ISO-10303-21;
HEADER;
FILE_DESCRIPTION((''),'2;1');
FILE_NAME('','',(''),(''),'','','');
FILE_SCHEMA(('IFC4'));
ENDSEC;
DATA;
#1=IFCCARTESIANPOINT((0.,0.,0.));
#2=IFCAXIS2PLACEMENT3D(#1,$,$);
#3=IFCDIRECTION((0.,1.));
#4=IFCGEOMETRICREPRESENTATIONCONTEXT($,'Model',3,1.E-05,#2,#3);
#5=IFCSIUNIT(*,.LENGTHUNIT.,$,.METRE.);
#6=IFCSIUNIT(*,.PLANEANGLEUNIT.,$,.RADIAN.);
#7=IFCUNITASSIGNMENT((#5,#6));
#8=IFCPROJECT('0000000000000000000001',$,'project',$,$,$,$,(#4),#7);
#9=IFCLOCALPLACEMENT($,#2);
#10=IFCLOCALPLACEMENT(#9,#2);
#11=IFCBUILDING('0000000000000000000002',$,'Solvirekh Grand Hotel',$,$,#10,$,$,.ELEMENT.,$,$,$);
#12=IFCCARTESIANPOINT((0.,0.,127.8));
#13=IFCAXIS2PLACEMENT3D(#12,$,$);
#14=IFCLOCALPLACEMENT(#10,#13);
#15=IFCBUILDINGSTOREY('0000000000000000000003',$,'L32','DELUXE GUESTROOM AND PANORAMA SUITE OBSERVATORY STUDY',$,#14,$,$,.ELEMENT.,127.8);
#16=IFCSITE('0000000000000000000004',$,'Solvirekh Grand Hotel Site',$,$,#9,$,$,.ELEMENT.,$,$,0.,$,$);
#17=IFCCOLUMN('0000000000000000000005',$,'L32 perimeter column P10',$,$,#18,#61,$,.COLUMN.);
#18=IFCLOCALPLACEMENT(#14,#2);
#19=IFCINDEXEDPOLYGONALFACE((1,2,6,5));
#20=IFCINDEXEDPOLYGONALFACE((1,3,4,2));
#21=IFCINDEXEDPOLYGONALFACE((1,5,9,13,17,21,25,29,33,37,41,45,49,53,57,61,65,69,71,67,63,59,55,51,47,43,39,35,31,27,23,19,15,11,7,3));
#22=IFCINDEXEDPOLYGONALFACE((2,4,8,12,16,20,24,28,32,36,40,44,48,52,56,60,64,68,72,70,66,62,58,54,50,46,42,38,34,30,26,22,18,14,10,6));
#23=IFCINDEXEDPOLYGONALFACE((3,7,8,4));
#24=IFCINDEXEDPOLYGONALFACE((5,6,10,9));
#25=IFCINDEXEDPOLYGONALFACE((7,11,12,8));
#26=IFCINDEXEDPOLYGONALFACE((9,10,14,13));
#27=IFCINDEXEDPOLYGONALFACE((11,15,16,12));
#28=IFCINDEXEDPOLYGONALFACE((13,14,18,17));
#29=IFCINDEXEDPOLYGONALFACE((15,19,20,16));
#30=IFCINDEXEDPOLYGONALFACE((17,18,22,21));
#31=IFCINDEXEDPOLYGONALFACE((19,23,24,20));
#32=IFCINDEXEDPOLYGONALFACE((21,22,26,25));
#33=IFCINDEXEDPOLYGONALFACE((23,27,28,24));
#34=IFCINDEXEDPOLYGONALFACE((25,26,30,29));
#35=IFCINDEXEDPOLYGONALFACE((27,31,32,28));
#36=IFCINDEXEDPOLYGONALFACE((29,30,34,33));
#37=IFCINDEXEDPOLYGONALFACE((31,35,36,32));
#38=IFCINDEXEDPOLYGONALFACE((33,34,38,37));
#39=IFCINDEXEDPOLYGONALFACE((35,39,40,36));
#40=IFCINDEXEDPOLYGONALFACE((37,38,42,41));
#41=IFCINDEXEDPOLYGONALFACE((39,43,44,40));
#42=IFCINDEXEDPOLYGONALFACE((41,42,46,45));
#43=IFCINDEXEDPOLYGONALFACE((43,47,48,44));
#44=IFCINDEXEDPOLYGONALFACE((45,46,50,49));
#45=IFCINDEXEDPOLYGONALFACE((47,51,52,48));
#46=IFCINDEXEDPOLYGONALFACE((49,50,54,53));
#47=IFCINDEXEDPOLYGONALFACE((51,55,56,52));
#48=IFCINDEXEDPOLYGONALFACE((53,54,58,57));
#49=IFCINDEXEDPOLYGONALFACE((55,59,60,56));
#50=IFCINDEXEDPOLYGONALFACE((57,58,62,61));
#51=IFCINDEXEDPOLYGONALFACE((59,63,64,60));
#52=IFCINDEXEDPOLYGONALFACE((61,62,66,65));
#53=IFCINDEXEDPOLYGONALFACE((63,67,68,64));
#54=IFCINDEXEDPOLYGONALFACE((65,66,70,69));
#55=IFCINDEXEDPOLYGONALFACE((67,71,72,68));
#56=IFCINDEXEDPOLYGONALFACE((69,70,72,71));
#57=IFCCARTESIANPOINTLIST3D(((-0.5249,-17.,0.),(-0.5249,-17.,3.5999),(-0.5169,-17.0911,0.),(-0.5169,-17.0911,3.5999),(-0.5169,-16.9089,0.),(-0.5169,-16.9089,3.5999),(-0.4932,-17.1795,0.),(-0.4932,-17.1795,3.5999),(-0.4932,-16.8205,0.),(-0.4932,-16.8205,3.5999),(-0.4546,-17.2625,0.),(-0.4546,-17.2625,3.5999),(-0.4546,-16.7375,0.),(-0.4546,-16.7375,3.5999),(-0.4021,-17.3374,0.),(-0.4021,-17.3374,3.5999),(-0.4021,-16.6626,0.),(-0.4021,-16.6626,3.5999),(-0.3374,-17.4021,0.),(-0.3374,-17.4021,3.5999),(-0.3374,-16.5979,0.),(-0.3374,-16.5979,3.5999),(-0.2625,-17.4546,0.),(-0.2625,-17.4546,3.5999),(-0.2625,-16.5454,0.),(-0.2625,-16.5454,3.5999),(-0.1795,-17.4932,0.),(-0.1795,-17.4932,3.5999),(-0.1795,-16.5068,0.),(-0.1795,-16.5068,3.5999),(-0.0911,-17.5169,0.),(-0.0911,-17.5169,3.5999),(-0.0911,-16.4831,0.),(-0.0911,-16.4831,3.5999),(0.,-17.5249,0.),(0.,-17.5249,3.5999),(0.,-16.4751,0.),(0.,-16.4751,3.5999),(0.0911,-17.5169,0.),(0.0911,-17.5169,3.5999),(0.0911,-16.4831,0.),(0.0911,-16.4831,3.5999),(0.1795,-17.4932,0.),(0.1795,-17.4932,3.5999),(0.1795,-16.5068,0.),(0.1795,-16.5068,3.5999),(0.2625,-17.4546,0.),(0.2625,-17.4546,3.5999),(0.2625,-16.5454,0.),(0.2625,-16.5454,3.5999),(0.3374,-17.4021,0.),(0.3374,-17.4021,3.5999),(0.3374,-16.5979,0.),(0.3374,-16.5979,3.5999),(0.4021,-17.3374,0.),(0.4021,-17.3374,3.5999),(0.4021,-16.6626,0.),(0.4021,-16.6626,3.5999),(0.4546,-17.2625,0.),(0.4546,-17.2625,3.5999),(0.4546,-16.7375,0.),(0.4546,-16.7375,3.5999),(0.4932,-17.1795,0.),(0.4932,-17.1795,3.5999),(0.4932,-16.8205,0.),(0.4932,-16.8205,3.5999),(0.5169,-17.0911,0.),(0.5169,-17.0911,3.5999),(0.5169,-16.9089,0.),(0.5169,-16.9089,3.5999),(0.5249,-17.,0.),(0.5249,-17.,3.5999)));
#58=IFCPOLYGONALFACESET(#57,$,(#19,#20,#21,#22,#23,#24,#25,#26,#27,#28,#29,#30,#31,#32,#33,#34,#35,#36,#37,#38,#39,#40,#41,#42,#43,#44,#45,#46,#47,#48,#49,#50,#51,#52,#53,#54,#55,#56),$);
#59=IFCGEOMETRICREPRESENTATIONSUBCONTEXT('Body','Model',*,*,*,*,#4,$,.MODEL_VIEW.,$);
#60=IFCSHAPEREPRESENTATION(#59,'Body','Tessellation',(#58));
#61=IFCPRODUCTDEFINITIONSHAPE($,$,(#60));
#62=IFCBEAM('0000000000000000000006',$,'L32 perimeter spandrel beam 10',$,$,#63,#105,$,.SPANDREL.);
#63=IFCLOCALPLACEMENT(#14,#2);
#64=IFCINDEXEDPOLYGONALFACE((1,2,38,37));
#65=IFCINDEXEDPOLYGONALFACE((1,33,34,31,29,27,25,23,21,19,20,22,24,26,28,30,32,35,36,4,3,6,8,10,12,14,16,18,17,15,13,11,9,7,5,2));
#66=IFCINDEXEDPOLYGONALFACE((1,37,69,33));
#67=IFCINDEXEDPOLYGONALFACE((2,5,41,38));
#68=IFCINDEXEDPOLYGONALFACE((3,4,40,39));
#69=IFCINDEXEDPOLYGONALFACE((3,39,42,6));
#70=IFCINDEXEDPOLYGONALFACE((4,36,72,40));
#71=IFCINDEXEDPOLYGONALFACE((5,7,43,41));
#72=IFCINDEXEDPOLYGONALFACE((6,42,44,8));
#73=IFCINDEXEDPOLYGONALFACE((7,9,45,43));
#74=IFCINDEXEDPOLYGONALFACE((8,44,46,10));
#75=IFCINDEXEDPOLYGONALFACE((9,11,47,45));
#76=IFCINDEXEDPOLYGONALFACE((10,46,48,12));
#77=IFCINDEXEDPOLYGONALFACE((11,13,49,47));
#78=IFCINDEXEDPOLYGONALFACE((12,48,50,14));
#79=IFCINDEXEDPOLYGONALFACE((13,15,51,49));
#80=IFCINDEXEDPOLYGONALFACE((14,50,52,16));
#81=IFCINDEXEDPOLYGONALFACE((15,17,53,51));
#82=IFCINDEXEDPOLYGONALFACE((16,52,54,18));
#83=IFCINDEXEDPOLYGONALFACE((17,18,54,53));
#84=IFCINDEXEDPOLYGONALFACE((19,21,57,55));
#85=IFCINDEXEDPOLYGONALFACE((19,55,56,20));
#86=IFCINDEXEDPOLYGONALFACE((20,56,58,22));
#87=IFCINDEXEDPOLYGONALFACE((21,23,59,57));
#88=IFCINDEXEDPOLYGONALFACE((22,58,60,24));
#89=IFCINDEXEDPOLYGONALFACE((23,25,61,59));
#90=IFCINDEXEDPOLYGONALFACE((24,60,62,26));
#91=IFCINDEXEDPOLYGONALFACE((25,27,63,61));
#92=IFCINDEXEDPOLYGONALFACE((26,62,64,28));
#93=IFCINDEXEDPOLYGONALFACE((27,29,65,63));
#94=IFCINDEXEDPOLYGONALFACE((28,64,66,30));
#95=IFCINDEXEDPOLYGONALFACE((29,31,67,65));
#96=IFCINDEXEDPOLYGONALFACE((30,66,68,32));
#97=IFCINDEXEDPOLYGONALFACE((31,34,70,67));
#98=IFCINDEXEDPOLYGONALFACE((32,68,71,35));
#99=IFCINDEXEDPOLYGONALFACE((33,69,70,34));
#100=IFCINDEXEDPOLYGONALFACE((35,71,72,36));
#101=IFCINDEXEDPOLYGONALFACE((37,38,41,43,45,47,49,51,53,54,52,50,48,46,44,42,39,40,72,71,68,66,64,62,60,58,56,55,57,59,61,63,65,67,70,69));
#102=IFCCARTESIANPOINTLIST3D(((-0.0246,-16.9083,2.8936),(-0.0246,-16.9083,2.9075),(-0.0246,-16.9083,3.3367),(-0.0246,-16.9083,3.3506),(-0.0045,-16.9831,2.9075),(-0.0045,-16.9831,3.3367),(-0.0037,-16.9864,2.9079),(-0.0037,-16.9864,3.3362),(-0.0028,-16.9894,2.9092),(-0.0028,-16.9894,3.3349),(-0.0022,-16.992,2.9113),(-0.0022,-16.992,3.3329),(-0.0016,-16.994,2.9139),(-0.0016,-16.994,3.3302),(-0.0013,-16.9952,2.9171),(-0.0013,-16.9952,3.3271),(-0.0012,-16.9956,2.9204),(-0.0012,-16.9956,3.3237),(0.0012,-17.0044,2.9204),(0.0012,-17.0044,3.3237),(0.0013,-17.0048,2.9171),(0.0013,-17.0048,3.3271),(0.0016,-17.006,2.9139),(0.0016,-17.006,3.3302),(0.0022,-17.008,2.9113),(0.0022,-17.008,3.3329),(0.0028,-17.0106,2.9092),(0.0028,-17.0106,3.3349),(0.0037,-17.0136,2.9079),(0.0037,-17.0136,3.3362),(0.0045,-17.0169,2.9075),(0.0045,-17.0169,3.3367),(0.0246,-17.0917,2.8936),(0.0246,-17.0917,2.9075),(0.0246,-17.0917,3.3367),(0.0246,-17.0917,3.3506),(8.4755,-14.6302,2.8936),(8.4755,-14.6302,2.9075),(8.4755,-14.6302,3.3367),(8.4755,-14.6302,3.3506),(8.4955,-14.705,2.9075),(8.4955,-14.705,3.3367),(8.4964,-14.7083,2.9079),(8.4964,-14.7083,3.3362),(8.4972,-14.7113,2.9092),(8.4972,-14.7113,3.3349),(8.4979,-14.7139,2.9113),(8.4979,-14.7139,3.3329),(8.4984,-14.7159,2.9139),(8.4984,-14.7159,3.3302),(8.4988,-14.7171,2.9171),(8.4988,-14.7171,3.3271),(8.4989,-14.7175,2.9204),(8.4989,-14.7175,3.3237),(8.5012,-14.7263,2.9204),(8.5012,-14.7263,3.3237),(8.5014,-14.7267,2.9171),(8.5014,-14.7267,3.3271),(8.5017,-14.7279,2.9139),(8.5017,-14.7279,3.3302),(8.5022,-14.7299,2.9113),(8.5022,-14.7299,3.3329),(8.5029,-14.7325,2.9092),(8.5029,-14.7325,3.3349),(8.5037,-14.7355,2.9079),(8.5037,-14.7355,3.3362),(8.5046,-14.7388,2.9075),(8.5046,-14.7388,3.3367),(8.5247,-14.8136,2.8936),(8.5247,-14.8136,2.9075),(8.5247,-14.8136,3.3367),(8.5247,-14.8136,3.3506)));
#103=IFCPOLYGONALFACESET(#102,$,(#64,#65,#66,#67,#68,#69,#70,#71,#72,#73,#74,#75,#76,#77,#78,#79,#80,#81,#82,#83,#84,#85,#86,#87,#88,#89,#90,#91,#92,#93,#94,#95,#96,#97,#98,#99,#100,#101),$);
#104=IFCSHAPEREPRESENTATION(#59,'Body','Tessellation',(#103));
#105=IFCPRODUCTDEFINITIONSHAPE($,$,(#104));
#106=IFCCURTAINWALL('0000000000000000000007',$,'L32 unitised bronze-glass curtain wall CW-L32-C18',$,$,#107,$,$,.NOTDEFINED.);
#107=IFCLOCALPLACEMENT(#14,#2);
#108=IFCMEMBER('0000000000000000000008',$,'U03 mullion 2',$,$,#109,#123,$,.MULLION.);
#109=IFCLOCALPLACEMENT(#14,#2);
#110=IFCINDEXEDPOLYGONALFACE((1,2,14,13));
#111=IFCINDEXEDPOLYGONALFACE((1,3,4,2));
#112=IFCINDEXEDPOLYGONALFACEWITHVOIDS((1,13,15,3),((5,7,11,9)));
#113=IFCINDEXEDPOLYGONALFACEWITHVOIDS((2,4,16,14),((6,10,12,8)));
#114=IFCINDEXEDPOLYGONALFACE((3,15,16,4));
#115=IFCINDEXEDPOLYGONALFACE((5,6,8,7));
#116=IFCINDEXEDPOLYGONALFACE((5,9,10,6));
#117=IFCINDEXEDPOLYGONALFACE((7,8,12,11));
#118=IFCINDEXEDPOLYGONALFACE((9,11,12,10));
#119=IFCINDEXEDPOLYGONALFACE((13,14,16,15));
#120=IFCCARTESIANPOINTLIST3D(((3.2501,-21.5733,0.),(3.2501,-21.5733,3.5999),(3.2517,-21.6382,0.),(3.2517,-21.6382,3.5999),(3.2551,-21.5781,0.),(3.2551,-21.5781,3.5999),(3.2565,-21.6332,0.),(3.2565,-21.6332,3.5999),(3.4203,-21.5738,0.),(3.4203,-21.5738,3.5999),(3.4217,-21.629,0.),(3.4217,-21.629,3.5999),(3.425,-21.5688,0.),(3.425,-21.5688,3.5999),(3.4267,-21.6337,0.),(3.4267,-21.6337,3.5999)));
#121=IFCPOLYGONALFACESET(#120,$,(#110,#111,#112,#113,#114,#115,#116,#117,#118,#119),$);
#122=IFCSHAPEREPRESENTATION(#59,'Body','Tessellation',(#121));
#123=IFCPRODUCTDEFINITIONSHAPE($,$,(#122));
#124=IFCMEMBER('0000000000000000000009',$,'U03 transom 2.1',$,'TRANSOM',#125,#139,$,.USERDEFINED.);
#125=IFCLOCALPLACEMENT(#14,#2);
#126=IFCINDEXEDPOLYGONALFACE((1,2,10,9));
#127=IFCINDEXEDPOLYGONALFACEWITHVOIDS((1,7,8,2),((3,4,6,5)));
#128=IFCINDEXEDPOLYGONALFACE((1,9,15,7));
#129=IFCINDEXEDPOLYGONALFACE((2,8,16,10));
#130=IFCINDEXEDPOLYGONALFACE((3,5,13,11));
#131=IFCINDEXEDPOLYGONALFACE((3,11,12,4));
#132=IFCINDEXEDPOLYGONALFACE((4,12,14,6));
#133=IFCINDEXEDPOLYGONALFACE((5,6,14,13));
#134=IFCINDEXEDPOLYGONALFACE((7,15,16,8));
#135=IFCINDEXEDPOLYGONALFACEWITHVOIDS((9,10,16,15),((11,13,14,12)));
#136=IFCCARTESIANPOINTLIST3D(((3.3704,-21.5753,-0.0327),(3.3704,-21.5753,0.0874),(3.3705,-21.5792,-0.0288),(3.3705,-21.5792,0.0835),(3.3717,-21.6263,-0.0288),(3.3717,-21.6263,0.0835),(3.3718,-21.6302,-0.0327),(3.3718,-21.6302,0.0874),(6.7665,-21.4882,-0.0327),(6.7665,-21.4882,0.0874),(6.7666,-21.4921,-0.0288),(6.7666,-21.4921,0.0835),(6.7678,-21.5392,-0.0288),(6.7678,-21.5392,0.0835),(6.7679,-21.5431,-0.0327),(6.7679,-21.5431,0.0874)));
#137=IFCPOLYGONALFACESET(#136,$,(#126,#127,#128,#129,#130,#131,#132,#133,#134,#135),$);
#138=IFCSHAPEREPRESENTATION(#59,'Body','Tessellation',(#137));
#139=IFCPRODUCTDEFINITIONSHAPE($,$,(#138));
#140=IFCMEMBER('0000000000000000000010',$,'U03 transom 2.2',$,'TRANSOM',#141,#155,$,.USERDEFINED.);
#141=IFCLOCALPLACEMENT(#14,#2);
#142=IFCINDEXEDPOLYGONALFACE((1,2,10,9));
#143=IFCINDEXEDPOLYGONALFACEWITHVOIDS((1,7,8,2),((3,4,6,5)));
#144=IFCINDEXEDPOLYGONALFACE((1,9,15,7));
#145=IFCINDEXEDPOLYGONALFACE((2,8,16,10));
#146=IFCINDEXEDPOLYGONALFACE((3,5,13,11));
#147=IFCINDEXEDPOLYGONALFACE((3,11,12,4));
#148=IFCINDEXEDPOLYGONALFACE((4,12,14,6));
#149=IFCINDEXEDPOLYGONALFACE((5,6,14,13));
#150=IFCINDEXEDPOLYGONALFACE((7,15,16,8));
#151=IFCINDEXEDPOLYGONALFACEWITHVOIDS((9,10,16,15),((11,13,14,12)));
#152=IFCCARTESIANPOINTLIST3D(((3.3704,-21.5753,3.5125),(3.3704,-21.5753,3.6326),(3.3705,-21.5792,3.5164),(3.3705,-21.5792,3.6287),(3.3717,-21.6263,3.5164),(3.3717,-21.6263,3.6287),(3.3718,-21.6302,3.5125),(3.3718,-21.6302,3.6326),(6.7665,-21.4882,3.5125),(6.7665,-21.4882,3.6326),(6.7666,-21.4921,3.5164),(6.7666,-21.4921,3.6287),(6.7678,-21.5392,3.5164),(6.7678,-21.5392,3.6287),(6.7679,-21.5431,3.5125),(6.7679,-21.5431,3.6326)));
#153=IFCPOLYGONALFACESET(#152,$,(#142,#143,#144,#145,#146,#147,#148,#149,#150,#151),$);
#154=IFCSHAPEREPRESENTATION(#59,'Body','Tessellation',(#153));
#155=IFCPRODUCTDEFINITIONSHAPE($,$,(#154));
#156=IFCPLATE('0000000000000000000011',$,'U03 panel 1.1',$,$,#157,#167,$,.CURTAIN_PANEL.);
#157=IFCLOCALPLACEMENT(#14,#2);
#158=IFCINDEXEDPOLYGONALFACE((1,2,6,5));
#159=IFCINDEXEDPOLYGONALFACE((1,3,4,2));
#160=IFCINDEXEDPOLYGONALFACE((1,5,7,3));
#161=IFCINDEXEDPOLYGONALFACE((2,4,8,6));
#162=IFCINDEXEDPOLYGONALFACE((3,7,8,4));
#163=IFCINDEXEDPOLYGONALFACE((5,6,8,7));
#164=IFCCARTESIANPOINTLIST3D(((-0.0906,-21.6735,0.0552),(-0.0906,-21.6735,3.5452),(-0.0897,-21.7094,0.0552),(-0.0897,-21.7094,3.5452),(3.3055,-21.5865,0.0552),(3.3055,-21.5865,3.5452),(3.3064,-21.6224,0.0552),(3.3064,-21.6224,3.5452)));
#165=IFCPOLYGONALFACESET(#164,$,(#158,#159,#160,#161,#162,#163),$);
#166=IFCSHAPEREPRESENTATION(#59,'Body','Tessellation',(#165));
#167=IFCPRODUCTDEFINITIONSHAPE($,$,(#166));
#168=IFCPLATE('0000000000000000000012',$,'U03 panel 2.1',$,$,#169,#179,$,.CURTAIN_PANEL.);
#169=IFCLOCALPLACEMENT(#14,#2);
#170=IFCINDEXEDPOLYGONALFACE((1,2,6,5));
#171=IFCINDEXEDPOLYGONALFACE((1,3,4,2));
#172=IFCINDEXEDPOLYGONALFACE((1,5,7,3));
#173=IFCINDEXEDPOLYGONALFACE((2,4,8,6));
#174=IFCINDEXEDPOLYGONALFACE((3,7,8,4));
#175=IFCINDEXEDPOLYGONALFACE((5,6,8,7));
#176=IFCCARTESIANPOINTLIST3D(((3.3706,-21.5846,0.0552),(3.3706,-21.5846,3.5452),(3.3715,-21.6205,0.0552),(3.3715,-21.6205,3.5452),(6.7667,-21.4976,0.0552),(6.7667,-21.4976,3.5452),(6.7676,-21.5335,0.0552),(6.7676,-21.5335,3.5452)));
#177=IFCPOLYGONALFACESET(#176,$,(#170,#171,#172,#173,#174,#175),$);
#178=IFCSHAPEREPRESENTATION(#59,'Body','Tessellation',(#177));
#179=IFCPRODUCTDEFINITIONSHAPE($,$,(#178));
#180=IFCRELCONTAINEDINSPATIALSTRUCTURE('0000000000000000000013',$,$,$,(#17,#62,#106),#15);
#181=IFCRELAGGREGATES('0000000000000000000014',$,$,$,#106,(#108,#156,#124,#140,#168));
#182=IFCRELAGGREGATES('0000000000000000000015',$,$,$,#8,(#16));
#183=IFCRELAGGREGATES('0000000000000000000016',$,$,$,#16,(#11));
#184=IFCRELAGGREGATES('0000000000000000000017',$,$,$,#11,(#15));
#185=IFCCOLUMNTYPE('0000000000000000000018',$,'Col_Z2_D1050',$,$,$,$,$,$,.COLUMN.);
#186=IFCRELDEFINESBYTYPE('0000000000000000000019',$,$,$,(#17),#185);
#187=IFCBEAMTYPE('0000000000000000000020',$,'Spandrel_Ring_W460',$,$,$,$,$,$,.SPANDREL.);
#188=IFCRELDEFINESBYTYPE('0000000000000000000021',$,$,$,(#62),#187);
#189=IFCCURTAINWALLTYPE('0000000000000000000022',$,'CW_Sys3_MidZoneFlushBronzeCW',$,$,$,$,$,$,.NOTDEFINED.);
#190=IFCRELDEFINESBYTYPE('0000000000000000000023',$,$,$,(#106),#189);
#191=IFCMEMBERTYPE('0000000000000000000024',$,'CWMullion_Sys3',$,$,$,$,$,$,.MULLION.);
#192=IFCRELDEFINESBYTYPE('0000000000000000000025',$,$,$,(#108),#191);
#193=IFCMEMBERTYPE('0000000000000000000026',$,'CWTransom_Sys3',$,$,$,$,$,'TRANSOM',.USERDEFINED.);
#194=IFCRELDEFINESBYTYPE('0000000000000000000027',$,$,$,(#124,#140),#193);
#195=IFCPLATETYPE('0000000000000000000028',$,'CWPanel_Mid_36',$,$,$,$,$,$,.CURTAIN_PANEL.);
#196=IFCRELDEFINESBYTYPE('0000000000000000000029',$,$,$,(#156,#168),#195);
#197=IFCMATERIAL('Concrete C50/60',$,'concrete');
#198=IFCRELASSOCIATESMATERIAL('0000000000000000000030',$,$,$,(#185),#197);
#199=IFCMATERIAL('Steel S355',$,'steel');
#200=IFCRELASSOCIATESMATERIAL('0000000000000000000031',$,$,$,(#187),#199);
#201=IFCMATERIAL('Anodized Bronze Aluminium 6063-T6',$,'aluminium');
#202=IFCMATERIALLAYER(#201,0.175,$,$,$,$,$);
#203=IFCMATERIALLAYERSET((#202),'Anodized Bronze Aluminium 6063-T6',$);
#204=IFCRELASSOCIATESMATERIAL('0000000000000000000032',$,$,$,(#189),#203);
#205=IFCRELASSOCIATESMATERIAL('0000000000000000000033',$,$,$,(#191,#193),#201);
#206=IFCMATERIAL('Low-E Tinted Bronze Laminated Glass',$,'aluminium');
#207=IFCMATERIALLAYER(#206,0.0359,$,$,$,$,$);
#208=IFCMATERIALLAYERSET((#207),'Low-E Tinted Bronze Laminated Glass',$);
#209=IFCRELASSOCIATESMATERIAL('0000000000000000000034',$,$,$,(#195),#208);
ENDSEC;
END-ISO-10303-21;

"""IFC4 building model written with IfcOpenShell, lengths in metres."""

from ifc_helpers import new_model, si_unit, direction, frame, origin, origin_2d, place, context, subcontext, project, spatial, rectangle, hollow_rectangle, circle, i_section, extrude, source, transform, mapped, material, layer, layer_set, material_profile, profile_set, type_object, element, aggregate, save


model = new_model("IFC4")

# Units and contexts
model_context = context("Model", 3, precision=1e-05, world=origin(), true_north=direction((0.0, 1.0)))
body_context = subcontext(model_context, "Body", "Model", "MODEL_VIEW")
ifc_project = project(units=[si_unit("LENGTHUNIT", "METRE"), si_unit("PLANEANGLEUNIT", "RADIAN")], contexts=[model_context])

# Site, building, storey
site_placement = place(None, origin())
site = spatial("IfcSite", under=ifc_project, at=site_placement, Name="Solvirekh Grand Hotel Site", CompositionType="ELEMENT", RefElevation=0.0)
building_placement = place(site_placement, origin())
building = spatial("IfcBuilding", under=site, at=building_placement, Name="Solvirekh Grand Hotel", CompositionType="ELEMENT")
storey_placement = place(building_placement, frame((0.0, 0.0, 127.8)))
storey = spatial("IfcBuildingStorey", under=building, at=storey_placement, Name="L32", Description="DELUXE GUESTROOM AND PANORAMA SUITE OBSERVATORY STUDY", CompositionType="ELEMENT", Elevation=127.8)

# Column
ifc_material_1 = material(Name="Concrete C50/60", Category="concrete")
ifc_material_profile_1 = material_profile(ifc_material_1, circle(Radius=0.5249, at=origin_2d()), Name="RC CIRC D1050")
ifc_profile_set_1 = profile_set([ifc_material_profile_1], Name="Concrete C50/60")
column_type = type_object("IfcColumnType", Name="Col_Z2_D1050", PredefinedType="COLUMN", material=ifc_profile_set_1)
column_placement = place(storey_placement, frame((0.0, -17.0, 0.0), z_axis=(0.0, 0.0, 1.0), x_axis=(1.0, 0.0, 0.0)))
element("IfcColumn", 1, at=column_placement, inside=storey, type_object=column_type, Name="L32 perimeter column P10", PredefinedType="COLUMN", context=body_context, shape_type="SweptSolid", body=[
    extrude(circle(Radius=0.5249, at=origin_2d()), origin(), (0.0, 0.0, 1.0), 3.5999),
])

# Beam
ifc_material_2 = material(Name="Steel S355", Category="steel")
ifc_material_profile_2 = material_profile(ifc_material_2, i_section(OverallWidth=0.1899, OverallDepth=0.457, WebThickness=0.009, FlangeThickness=0.0139, FilletRadius=0.0129, at=origin_2d()), Name="W460X74")
ifc_profile_set_2 = profile_set([ifc_material_profile_2], Name="Steel S355")
beam_type = type_object("IfcBeamType", Name="Spandrel_Ring_W460", PredefinedType="SPANDREL", material=ifc_profile_set_2)
beam_placement = place(storey_placement, frame((0.0, -17.0, 3.1221), z_axis=(0.965911, 0.258873, 0.0), x_axis=(-0.258873, 0.965911, 0.0)))
element("IfcBeam", 2, at=beam_placement, inside=storey, type_object=beam_type, Name="L32 perimeter spandrel beam 10", PredefinedType="SPANDREL", context=body_context, shape_type="SweptSolid", body=[
    extrude(i_section(OverallWidth=0.1899, OverallDepth=0.457, WebThickness=0.009, FlangeThickness=0.0139, FilletRadius=0.0129, at=origin_2d()), origin(), (0.0, 0.0, 1.0), 8.8),
])

# Curtain wall, members, plates
ifc_material_3 = material(Name="Anodized Bronze Aluminium 6063-T6", Category="aluminium")
ifc_layer_1 = layer(ifc_material_3, 0.175)
ifc_layer_set_1 = layer_set([ifc_layer_1], Name="Anodized Bronze Aluminium 6063-T6")
curtain_wall_type = type_object("IfcCurtainWallType", Name="CW_Sys3_MidZoneFlushBronzeCW", PredefinedType="NOTDEFINED", material=ifc_layer_set_1)
curtain_wall_placement = place(storey_placement, origin())
curtain_wall = element("IfcCurtainWall", 3, at=curtain_wall_placement, inside=storey, type_object=curtain_wall_type, Name="L32 unitised bronze-glass curtain wall CW-L32-C18", PredefinedType="NOTDEFINED")
ifc_material_profile_3 = material_profile(ifc_material_3, hollow_rectangle(XDim=0.0649, YDim=0.175, WallThickness=0.0049, at=origin_2d()), Name="ALU RHS 175X65X5")
ifc_profile_set_3 = profile_set([ifc_material_profile_3], Name="Anodized Bronze Aluminium 6063-T6")
member_type_1 = type_object("IfcMemberType", Name="CWMullion_Sys3", PredefinedType="MULLION", material=ifc_profile_set_3)
shared_shape_1 = source(origin(), body_context, "Body", "SweptSolid", [
    extrude(hollow_rectangle(XDim=0.0649, YDim=0.175, WallThickness=0.0049, at=origin_2d()), origin(), (0.0, 0.0, 1.0), 3.5999),
])
member_1_placement = place(storey_placement, frame((3.3384, -21.6035, 0.0), z_axis=(0.0, 0.0, 1.0), x_axis=(-0.025611, 0.999672, 0.0)))
member_1 = element("IfcMember", 4, at=member_1_placement, type_object=member_type_1, Name="U03 mullion 2", PredefinedType="MULLION", context=body_context, shape_type="MappedRepresentation", body=[
    mapped(shared_shape_1, transform((0.0, 0.0, 0.0), x_axis=(1.0, 0.0, 0.0), y_axis=(0.0, 1.0, 0.0), z_axis=(0.0, 0.0, 1.0), scale=1.0)),
])
ifc_material_profile_4 = material_profile(ifc_material_3, hollow_rectangle(XDim=0.0549, YDim=0.1201, WallThickness=0.0039, at=origin_2d()), Name="ALU RHS 120X55X4")
ifc_profile_set_4 = profile_set([ifc_material_profile_4], Name="Anodized Bronze Aluminium 6063-T6")
member_type_2 = type_object("IfcMemberType", Name="CWTransom_Sys3", ElementType="TRANSOM", PredefinedType="USERDEFINED", material=ifc_profile_set_4)
shared_shape_2 = source(origin(), body_context, "Body", "SweptSolid", [
    extrude(hollow_rectangle(XDim=0.0549, YDim=0.1201, WallThickness=0.0039, at=origin_2d()), origin(), (0.0, 0.0, 1.0), 3.3972),
])
member_2_placement = place(storey_placement, frame((3.3711, -21.6028, 0.0273), z_axis=(0.999671, 0.025657, 0.0), x_axis=(-0.025657, 0.999671, 0.0)))
member_2 = element("IfcMember", 5, at=member_2_placement, type_object=member_type_2, Name="U03 transom 2.1", ObjectType="TRANSOM", PredefinedType="USERDEFINED", context=body_context, shape_type="MappedRepresentation", body=[
    mapped(shared_shape_2, transform((0.0, 0.0, 0.0), x_axis=(1.0, 0.0, 0.0), y_axis=(0.0, 1.0, 0.0), z_axis=(0.0, 0.0, 1.0), scale=1.0)),
])
member_3_placement = place(storey_placement, frame((3.3711, -21.6028, 3.5725), z_axis=(0.999671, 0.025657, 0.0), x_axis=(-0.025657, 0.999671, 0.0)))
member_3 = element("IfcMember", 6, at=member_3_placement, type_object=member_type_2, Name="U03 transom 2.2", ObjectType="TRANSOM", PredefinedType="USERDEFINED", context=body_context, shape_type="MappedRepresentation", body=[
    mapped(shared_shape_2, transform((0.0, 0.0, 0.0), x_axis=(1.0, 0.0, 0.0), y_axis=(0.0, 1.0, 0.0), z_axis=(0.0, 0.0, 1.0), scale=1.0)),
])
ifc_material_4 = material(Name="Low-E Tinted Bronze Laminated Glass", Category="aluminium")
ifc_layer_2 = layer(ifc_material_4, 0.0359)
ifc_layer_set_2 = layer_set([ifc_layer_2], Name="Low-E Tinted Bronze Laminated Glass")
plate_type = type_object("IfcPlateType", Name="CWPanel_Mid_36", PredefinedType="CURTAIN_PANEL", material=ifc_layer_set_2)
shared_shape_3 = source(origin(), body_context, "Body", "SweptSolid", [
    extrude(rectangle(XDim=3.3972, YDim=0.0359, at=origin_2d()), origin(), (0.0, 0.0, 1.0), 3.49),
])
plate_1_placement = place(storey_placement, frame((1.6079, -21.6479, 0.0552), z_axis=(0.0, 0.0, 1.0), x_axis=(0.999672, 0.025611, 0.0)))
plate_1 = element("IfcPlate", 7, at=plate_1_placement, type_object=plate_type, Name="U03 panel 1.1", PredefinedType="CURTAIN_PANEL", context=body_context, shape_type="MappedRepresentation", body=[
    mapped(shared_shape_3, transform((0.0, 0.0, 0.0), x_axis=(1.0, 0.0, 0.0), y_axis=(0.0, 1.0, 0.0), z_axis=(0.0, 0.0, 1.0), scale=1.0)),
])
plate_2_placement = place(storey_placement, frame((5.0691, -21.5591, 0.0552), z_axis=(0.0, 0.0, 1.0), x_axis=(0.999672, 0.025611, 0.0)))
plate_2 = element("IfcPlate", 8, at=plate_2_placement, type_object=plate_type, Name="U03 panel 2.1", PredefinedType="CURTAIN_PANEL", context=body_context, shape_type="MappedRepresentation", body=[
    mapped(shared_shape_3, transform((0.0, 0.0, 0.0), x_axis=(1.0, 0.0, 0.0), y_axis=(0.0, 1.0, 0.0), z_axis=(0.0, 0.0, 1.0), scale=1.0)),
])
aggregate(curtain_wall, [member_1, plate_1, member_2, member_3, plate_2])

save(model, "model.ifc")
